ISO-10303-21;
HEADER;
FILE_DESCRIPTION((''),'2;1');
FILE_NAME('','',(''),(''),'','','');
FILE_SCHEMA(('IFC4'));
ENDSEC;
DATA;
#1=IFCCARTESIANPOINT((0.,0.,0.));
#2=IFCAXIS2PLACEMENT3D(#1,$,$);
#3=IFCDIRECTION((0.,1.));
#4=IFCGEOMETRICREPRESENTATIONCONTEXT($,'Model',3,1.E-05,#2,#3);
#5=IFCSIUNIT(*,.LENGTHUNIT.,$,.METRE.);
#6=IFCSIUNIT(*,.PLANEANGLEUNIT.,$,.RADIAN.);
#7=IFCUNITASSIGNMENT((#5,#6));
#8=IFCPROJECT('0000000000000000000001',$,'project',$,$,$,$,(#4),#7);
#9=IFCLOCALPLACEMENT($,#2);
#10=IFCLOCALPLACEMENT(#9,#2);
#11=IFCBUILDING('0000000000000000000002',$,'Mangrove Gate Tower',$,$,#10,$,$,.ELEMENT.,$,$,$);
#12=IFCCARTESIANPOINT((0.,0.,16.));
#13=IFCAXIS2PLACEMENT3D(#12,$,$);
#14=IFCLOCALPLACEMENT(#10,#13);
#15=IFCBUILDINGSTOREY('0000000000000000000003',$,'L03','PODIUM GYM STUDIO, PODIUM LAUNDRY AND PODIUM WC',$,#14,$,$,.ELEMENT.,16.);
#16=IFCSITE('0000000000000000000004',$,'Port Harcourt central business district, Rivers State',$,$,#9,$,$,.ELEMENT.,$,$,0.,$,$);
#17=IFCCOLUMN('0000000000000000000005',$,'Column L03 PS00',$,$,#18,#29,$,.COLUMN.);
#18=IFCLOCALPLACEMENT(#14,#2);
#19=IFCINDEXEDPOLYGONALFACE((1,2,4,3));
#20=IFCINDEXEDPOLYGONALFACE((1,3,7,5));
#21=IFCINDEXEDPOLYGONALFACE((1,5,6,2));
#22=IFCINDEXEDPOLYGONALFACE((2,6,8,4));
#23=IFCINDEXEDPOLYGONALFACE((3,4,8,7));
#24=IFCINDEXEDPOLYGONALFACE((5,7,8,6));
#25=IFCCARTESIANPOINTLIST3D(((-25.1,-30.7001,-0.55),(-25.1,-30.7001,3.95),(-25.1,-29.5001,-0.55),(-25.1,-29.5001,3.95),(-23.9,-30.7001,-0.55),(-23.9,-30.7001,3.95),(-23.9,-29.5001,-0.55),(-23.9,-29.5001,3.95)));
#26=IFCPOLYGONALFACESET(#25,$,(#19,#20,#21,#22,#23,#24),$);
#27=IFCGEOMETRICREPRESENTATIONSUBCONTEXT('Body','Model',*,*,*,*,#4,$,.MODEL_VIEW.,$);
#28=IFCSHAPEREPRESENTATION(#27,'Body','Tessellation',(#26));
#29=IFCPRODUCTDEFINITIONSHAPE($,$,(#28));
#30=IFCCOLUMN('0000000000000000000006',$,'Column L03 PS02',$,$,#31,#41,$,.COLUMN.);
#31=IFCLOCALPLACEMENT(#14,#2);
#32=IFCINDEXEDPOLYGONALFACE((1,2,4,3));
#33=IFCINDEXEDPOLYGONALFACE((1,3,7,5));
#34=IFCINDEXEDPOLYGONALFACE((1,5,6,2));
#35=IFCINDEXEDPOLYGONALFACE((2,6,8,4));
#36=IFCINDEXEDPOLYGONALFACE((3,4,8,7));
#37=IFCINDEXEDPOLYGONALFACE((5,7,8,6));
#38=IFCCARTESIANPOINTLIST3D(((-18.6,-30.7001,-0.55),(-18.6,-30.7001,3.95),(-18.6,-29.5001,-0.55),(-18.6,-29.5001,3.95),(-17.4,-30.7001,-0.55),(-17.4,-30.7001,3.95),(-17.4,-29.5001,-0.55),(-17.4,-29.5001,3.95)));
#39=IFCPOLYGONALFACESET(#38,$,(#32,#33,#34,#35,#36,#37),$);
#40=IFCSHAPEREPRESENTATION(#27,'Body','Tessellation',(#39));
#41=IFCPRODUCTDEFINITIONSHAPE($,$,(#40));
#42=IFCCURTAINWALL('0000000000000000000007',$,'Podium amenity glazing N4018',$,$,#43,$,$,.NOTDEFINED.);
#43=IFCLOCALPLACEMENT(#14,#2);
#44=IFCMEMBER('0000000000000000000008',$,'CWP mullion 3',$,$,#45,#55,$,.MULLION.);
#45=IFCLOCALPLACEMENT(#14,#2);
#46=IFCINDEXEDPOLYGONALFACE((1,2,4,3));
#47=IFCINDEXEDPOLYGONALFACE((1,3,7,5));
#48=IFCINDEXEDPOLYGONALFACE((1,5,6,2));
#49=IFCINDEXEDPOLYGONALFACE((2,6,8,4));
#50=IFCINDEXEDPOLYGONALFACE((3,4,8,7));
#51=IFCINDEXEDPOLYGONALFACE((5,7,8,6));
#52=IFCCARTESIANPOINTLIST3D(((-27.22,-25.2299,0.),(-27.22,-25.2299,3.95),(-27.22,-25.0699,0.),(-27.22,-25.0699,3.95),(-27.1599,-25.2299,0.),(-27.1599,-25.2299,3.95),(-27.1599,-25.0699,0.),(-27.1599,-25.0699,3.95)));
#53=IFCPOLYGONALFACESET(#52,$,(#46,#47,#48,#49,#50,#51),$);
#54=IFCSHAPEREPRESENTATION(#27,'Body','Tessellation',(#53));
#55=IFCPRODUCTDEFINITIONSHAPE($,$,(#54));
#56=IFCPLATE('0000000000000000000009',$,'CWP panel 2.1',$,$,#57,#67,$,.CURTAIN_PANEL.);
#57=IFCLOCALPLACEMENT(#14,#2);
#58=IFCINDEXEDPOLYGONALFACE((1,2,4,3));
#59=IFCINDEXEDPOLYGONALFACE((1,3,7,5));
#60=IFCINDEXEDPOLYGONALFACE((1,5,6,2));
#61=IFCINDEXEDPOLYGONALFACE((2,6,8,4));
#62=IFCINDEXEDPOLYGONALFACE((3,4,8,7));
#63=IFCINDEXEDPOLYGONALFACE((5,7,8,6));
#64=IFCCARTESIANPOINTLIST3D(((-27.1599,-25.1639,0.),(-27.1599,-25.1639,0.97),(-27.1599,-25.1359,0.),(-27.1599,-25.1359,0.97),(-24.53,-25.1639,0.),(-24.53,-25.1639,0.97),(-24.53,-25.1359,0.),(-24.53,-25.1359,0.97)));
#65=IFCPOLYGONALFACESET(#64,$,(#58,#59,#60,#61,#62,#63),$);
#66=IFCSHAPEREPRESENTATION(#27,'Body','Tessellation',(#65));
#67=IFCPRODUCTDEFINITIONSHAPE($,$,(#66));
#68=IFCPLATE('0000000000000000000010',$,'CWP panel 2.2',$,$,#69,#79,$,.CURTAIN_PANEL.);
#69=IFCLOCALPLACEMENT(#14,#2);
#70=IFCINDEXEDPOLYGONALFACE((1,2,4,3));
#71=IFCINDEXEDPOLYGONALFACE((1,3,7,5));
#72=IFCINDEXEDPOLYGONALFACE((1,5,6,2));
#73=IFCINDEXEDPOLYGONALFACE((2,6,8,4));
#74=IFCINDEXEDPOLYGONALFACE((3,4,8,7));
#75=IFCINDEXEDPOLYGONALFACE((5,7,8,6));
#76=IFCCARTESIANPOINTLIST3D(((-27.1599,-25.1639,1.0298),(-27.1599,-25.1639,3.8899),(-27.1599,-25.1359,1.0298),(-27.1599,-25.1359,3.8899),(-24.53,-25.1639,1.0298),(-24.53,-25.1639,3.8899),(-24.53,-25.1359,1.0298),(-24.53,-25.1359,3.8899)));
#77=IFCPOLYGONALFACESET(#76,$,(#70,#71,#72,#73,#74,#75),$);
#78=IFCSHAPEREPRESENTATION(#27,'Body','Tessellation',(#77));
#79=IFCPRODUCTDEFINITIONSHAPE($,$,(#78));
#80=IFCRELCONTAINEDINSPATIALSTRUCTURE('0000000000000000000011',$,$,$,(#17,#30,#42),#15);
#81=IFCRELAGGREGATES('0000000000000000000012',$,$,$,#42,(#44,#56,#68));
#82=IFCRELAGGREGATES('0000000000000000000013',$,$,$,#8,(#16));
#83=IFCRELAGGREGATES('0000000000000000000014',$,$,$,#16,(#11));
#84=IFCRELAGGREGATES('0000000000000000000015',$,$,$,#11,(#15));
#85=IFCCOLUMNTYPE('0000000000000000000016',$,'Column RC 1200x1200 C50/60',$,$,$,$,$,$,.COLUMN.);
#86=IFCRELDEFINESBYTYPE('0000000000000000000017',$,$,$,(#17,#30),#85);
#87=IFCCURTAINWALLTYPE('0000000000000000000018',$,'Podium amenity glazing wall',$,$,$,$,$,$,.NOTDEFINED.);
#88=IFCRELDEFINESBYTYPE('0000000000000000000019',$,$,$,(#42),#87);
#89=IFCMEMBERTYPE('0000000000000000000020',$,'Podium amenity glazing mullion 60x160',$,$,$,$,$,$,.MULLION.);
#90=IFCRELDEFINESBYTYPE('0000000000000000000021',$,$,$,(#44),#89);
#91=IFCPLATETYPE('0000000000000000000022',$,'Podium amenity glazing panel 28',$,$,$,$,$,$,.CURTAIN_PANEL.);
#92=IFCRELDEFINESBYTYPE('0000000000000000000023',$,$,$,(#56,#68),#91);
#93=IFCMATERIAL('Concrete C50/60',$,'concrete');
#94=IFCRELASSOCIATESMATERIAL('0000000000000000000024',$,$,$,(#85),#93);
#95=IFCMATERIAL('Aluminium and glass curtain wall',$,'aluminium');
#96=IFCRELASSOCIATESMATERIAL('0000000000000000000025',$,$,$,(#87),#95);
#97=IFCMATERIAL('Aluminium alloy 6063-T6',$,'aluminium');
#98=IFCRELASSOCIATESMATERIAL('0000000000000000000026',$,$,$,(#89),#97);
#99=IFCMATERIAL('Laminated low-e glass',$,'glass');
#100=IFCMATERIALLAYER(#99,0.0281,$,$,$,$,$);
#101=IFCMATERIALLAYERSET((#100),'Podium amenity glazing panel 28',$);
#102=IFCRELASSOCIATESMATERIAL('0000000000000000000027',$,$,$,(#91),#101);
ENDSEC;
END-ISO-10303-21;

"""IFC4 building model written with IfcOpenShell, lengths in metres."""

from ifc_helpers import new_model, si_unit, direction, frame, origin, origin_2d, place, context, subcontext, project, spatial, rectangle, extrude, material, layer, layer_set, material_profile, profile_set, type_object, element, aggregate, save


model = new_model("IFC4")

# Units and contexts
model_context = context("Model", 3, precision=1e-05, world=origin(), true_north=direction((0.0, 1.0)))
body_context = subcontext(model_context, "Body", "Model", "MODEL_VIEW")
ifc_project = project(units=[si_unit("LENGTHUNIT", "METRE"), si_unit("PLANEANGLEUNIT", "RADIAN")], contexts=[model_context])

# Site, building, storey
site_placement = place(None, origin())
site = spatial("IfcSite", under=ifc_project, at=site_placement, Name="Port Harcourt central business district, Rivers State", CompositionType="ELEMENT", RefElevation=0.0)
building_placement = place(site_placement, origin())
building = spatial("IfcBuilding", under=site, at=building_placement, Name="Mangrove Gate Tower", CompositionType="ELEMENT")
storey_placement = place(building_placement, frame((0.0, 0.0, 16.0)))
storey = spatial("IfcBuildingStorey", under=building, at=storey_placement, Name="L03", Description="PODIUM GYM STUDIO, PODIUM LAUNDRY AND PODIUM WC", CompositionType="ELEMENT", Elevation=16.0)

# Columns
ifc_material_1 = material(Name="Concrete C50/60", Category="concrete")
ifc_material_profile_1 = material_profile(ifc_material_1, rectangle(XDim=1.2, YDim=1.2, at=origin_2d()))
ifc_profile_set_1 = profile_set([ifc_material_profile_1], Name="Concrete C50/60")
column_type = type_object("IfcColumnType", Name="Column RC 1200x1200 C50/60", PredefinedType="COLUMN", material=ifc_profile_set_1)
for number, where, z_axis, x_axis, name in (
    (1, (-24.5, -30.1001, -0.55), (0.0, 0.0, 1.0), (1.0, 0.0, 0.0), "Column L03 PS00"),
    (2, (-18.0, -30.1001, -0.55), (0.0, 0.0, 1.0), (1.0, 0.0, 0.0), "Column L03 PS02"),
):
    element("IfcColumn", number, at=place(storey_placement, frame(where, z_axis=z_axis, x_axis=x_axis)), inside=storey, type_object=column_type, Name=name, PredefinedType="COLUMN", context=body_context, shape_type="SweptSolid", body=[
        extrude(rectangle(XDim=1.2, YDim=1.2, at=origin_2d()), origin(), (0.0, 0.0, 1.0), 4.5),
    ])

# Curtain wall, member, plates
ifc_material_2 = material(Name="Aluminium and glass curtain wall", Category="aluminium")
curtain_wall_type = type_object("IfcCurtainWallType", Name="Podium amenity glazing wall", PredefinedType="NOTDEFINED", material=ifc_material_2)
curtain_wall_placement = place(storey_placement, origin())
curtain_wall = element("IfcCurtainWall", 3, at=curtain_wall_placement, inside=storey, type_object=curtain_wall_type, Name="Podium amenity glazing N4018", PredefinedType="NOTDEFINED")
ifc_material_3 = material(Name="Aluminium alloy 6063-T6", Category="aluminium")
ifc_material_profile_2 = material_profile(ifc_material_3, rectangle(XDim=0.0601, YDim=0.1599, at=origin_2d()))
ifc_profile_set_2 = profile_set([ifc_material_profile_2], Name="Aluminium alloy 6063-T6")
member_type = type_object("IfcMemberType", Name="Podium amenity glazing mullion 60x160", PredefinedType="MULLION", material=ifc_profile_set_2)
member_placement = place(storey_placement, frame((-27.1899, -25.1499, 0.0), z_axis=(0.0, 0.0, 1.0), x_axis=(-1.0, 0.0, 0.0)))
member = element("IfcMember", 4, at=member_placement, type_object=member_type, Name="CWP mullion 3", PredefinedType="MULLION", context=body_context, shape_type="SweptSolid", body=[
    extrude(rectangle(XDim=0.0601, YDim=0.1599, at=origin_2d()), origin(), (0.0, 0.0, 1.0), 3.95),
])
ifc_material_4 = material(Name="Laminated low-e glass", Category="glass")
ifc_layer = layer(ifc_material_4, 0.0281)
ifc_layer_set = layer_set([ifc_layer], Name="Podium amenity glazing panel 28")
plate_type = type_object("IfcPlateType", Name="Podium amenity glazing panel 28", PredefinedType="CURTAIN_PANEL", material=ifc_layer_set)
plate_1_placement = place(storey_placement, frame((-25.845, -25.1499, 0.0), z_axis=(0.0, 0.0, 1.0), x_axis=(-1.0, 0.0, 0.0)))
plate_1 = element("IfcPlate", 5, at=plate_1_placement, type_object=plate_type, Name="CWP panel 2.1", PredefinedType="CURTAIN_PANEL", context=body_context, shape_type="SweptSolid", body=[
    extrude(rectangle(XDim=2.6299, YDim=0.0281, at=origin_2d()), origin(), (0.0, 0.0, 1.0), 0.97),
])
plate_2_placement = place(storey_placement, frame((-25.845, -25.1499, 1.0298), z_axis=(0.0, 0.0, 1.0), x_axis=(-1.0, 0.0, 0.0)))
plate_2 = element("IfcPlate", 6, at=plate_2_placement, type_object=plate_type, Name="CWP panel 2.2", PredefinedType="CURTAIN_PANEL", context=body_context, shape_type="SweptSolid", body=[
    extrude(rectangle(XDim=2.6299, YDim=0.0281, at=origin_2d()), origin(), (0.0, 0.0, 1.0), 2.8601),
])
aggregate(curtain_wall, [member, plate_1, plate_2])

save(model, "model.ifc")
